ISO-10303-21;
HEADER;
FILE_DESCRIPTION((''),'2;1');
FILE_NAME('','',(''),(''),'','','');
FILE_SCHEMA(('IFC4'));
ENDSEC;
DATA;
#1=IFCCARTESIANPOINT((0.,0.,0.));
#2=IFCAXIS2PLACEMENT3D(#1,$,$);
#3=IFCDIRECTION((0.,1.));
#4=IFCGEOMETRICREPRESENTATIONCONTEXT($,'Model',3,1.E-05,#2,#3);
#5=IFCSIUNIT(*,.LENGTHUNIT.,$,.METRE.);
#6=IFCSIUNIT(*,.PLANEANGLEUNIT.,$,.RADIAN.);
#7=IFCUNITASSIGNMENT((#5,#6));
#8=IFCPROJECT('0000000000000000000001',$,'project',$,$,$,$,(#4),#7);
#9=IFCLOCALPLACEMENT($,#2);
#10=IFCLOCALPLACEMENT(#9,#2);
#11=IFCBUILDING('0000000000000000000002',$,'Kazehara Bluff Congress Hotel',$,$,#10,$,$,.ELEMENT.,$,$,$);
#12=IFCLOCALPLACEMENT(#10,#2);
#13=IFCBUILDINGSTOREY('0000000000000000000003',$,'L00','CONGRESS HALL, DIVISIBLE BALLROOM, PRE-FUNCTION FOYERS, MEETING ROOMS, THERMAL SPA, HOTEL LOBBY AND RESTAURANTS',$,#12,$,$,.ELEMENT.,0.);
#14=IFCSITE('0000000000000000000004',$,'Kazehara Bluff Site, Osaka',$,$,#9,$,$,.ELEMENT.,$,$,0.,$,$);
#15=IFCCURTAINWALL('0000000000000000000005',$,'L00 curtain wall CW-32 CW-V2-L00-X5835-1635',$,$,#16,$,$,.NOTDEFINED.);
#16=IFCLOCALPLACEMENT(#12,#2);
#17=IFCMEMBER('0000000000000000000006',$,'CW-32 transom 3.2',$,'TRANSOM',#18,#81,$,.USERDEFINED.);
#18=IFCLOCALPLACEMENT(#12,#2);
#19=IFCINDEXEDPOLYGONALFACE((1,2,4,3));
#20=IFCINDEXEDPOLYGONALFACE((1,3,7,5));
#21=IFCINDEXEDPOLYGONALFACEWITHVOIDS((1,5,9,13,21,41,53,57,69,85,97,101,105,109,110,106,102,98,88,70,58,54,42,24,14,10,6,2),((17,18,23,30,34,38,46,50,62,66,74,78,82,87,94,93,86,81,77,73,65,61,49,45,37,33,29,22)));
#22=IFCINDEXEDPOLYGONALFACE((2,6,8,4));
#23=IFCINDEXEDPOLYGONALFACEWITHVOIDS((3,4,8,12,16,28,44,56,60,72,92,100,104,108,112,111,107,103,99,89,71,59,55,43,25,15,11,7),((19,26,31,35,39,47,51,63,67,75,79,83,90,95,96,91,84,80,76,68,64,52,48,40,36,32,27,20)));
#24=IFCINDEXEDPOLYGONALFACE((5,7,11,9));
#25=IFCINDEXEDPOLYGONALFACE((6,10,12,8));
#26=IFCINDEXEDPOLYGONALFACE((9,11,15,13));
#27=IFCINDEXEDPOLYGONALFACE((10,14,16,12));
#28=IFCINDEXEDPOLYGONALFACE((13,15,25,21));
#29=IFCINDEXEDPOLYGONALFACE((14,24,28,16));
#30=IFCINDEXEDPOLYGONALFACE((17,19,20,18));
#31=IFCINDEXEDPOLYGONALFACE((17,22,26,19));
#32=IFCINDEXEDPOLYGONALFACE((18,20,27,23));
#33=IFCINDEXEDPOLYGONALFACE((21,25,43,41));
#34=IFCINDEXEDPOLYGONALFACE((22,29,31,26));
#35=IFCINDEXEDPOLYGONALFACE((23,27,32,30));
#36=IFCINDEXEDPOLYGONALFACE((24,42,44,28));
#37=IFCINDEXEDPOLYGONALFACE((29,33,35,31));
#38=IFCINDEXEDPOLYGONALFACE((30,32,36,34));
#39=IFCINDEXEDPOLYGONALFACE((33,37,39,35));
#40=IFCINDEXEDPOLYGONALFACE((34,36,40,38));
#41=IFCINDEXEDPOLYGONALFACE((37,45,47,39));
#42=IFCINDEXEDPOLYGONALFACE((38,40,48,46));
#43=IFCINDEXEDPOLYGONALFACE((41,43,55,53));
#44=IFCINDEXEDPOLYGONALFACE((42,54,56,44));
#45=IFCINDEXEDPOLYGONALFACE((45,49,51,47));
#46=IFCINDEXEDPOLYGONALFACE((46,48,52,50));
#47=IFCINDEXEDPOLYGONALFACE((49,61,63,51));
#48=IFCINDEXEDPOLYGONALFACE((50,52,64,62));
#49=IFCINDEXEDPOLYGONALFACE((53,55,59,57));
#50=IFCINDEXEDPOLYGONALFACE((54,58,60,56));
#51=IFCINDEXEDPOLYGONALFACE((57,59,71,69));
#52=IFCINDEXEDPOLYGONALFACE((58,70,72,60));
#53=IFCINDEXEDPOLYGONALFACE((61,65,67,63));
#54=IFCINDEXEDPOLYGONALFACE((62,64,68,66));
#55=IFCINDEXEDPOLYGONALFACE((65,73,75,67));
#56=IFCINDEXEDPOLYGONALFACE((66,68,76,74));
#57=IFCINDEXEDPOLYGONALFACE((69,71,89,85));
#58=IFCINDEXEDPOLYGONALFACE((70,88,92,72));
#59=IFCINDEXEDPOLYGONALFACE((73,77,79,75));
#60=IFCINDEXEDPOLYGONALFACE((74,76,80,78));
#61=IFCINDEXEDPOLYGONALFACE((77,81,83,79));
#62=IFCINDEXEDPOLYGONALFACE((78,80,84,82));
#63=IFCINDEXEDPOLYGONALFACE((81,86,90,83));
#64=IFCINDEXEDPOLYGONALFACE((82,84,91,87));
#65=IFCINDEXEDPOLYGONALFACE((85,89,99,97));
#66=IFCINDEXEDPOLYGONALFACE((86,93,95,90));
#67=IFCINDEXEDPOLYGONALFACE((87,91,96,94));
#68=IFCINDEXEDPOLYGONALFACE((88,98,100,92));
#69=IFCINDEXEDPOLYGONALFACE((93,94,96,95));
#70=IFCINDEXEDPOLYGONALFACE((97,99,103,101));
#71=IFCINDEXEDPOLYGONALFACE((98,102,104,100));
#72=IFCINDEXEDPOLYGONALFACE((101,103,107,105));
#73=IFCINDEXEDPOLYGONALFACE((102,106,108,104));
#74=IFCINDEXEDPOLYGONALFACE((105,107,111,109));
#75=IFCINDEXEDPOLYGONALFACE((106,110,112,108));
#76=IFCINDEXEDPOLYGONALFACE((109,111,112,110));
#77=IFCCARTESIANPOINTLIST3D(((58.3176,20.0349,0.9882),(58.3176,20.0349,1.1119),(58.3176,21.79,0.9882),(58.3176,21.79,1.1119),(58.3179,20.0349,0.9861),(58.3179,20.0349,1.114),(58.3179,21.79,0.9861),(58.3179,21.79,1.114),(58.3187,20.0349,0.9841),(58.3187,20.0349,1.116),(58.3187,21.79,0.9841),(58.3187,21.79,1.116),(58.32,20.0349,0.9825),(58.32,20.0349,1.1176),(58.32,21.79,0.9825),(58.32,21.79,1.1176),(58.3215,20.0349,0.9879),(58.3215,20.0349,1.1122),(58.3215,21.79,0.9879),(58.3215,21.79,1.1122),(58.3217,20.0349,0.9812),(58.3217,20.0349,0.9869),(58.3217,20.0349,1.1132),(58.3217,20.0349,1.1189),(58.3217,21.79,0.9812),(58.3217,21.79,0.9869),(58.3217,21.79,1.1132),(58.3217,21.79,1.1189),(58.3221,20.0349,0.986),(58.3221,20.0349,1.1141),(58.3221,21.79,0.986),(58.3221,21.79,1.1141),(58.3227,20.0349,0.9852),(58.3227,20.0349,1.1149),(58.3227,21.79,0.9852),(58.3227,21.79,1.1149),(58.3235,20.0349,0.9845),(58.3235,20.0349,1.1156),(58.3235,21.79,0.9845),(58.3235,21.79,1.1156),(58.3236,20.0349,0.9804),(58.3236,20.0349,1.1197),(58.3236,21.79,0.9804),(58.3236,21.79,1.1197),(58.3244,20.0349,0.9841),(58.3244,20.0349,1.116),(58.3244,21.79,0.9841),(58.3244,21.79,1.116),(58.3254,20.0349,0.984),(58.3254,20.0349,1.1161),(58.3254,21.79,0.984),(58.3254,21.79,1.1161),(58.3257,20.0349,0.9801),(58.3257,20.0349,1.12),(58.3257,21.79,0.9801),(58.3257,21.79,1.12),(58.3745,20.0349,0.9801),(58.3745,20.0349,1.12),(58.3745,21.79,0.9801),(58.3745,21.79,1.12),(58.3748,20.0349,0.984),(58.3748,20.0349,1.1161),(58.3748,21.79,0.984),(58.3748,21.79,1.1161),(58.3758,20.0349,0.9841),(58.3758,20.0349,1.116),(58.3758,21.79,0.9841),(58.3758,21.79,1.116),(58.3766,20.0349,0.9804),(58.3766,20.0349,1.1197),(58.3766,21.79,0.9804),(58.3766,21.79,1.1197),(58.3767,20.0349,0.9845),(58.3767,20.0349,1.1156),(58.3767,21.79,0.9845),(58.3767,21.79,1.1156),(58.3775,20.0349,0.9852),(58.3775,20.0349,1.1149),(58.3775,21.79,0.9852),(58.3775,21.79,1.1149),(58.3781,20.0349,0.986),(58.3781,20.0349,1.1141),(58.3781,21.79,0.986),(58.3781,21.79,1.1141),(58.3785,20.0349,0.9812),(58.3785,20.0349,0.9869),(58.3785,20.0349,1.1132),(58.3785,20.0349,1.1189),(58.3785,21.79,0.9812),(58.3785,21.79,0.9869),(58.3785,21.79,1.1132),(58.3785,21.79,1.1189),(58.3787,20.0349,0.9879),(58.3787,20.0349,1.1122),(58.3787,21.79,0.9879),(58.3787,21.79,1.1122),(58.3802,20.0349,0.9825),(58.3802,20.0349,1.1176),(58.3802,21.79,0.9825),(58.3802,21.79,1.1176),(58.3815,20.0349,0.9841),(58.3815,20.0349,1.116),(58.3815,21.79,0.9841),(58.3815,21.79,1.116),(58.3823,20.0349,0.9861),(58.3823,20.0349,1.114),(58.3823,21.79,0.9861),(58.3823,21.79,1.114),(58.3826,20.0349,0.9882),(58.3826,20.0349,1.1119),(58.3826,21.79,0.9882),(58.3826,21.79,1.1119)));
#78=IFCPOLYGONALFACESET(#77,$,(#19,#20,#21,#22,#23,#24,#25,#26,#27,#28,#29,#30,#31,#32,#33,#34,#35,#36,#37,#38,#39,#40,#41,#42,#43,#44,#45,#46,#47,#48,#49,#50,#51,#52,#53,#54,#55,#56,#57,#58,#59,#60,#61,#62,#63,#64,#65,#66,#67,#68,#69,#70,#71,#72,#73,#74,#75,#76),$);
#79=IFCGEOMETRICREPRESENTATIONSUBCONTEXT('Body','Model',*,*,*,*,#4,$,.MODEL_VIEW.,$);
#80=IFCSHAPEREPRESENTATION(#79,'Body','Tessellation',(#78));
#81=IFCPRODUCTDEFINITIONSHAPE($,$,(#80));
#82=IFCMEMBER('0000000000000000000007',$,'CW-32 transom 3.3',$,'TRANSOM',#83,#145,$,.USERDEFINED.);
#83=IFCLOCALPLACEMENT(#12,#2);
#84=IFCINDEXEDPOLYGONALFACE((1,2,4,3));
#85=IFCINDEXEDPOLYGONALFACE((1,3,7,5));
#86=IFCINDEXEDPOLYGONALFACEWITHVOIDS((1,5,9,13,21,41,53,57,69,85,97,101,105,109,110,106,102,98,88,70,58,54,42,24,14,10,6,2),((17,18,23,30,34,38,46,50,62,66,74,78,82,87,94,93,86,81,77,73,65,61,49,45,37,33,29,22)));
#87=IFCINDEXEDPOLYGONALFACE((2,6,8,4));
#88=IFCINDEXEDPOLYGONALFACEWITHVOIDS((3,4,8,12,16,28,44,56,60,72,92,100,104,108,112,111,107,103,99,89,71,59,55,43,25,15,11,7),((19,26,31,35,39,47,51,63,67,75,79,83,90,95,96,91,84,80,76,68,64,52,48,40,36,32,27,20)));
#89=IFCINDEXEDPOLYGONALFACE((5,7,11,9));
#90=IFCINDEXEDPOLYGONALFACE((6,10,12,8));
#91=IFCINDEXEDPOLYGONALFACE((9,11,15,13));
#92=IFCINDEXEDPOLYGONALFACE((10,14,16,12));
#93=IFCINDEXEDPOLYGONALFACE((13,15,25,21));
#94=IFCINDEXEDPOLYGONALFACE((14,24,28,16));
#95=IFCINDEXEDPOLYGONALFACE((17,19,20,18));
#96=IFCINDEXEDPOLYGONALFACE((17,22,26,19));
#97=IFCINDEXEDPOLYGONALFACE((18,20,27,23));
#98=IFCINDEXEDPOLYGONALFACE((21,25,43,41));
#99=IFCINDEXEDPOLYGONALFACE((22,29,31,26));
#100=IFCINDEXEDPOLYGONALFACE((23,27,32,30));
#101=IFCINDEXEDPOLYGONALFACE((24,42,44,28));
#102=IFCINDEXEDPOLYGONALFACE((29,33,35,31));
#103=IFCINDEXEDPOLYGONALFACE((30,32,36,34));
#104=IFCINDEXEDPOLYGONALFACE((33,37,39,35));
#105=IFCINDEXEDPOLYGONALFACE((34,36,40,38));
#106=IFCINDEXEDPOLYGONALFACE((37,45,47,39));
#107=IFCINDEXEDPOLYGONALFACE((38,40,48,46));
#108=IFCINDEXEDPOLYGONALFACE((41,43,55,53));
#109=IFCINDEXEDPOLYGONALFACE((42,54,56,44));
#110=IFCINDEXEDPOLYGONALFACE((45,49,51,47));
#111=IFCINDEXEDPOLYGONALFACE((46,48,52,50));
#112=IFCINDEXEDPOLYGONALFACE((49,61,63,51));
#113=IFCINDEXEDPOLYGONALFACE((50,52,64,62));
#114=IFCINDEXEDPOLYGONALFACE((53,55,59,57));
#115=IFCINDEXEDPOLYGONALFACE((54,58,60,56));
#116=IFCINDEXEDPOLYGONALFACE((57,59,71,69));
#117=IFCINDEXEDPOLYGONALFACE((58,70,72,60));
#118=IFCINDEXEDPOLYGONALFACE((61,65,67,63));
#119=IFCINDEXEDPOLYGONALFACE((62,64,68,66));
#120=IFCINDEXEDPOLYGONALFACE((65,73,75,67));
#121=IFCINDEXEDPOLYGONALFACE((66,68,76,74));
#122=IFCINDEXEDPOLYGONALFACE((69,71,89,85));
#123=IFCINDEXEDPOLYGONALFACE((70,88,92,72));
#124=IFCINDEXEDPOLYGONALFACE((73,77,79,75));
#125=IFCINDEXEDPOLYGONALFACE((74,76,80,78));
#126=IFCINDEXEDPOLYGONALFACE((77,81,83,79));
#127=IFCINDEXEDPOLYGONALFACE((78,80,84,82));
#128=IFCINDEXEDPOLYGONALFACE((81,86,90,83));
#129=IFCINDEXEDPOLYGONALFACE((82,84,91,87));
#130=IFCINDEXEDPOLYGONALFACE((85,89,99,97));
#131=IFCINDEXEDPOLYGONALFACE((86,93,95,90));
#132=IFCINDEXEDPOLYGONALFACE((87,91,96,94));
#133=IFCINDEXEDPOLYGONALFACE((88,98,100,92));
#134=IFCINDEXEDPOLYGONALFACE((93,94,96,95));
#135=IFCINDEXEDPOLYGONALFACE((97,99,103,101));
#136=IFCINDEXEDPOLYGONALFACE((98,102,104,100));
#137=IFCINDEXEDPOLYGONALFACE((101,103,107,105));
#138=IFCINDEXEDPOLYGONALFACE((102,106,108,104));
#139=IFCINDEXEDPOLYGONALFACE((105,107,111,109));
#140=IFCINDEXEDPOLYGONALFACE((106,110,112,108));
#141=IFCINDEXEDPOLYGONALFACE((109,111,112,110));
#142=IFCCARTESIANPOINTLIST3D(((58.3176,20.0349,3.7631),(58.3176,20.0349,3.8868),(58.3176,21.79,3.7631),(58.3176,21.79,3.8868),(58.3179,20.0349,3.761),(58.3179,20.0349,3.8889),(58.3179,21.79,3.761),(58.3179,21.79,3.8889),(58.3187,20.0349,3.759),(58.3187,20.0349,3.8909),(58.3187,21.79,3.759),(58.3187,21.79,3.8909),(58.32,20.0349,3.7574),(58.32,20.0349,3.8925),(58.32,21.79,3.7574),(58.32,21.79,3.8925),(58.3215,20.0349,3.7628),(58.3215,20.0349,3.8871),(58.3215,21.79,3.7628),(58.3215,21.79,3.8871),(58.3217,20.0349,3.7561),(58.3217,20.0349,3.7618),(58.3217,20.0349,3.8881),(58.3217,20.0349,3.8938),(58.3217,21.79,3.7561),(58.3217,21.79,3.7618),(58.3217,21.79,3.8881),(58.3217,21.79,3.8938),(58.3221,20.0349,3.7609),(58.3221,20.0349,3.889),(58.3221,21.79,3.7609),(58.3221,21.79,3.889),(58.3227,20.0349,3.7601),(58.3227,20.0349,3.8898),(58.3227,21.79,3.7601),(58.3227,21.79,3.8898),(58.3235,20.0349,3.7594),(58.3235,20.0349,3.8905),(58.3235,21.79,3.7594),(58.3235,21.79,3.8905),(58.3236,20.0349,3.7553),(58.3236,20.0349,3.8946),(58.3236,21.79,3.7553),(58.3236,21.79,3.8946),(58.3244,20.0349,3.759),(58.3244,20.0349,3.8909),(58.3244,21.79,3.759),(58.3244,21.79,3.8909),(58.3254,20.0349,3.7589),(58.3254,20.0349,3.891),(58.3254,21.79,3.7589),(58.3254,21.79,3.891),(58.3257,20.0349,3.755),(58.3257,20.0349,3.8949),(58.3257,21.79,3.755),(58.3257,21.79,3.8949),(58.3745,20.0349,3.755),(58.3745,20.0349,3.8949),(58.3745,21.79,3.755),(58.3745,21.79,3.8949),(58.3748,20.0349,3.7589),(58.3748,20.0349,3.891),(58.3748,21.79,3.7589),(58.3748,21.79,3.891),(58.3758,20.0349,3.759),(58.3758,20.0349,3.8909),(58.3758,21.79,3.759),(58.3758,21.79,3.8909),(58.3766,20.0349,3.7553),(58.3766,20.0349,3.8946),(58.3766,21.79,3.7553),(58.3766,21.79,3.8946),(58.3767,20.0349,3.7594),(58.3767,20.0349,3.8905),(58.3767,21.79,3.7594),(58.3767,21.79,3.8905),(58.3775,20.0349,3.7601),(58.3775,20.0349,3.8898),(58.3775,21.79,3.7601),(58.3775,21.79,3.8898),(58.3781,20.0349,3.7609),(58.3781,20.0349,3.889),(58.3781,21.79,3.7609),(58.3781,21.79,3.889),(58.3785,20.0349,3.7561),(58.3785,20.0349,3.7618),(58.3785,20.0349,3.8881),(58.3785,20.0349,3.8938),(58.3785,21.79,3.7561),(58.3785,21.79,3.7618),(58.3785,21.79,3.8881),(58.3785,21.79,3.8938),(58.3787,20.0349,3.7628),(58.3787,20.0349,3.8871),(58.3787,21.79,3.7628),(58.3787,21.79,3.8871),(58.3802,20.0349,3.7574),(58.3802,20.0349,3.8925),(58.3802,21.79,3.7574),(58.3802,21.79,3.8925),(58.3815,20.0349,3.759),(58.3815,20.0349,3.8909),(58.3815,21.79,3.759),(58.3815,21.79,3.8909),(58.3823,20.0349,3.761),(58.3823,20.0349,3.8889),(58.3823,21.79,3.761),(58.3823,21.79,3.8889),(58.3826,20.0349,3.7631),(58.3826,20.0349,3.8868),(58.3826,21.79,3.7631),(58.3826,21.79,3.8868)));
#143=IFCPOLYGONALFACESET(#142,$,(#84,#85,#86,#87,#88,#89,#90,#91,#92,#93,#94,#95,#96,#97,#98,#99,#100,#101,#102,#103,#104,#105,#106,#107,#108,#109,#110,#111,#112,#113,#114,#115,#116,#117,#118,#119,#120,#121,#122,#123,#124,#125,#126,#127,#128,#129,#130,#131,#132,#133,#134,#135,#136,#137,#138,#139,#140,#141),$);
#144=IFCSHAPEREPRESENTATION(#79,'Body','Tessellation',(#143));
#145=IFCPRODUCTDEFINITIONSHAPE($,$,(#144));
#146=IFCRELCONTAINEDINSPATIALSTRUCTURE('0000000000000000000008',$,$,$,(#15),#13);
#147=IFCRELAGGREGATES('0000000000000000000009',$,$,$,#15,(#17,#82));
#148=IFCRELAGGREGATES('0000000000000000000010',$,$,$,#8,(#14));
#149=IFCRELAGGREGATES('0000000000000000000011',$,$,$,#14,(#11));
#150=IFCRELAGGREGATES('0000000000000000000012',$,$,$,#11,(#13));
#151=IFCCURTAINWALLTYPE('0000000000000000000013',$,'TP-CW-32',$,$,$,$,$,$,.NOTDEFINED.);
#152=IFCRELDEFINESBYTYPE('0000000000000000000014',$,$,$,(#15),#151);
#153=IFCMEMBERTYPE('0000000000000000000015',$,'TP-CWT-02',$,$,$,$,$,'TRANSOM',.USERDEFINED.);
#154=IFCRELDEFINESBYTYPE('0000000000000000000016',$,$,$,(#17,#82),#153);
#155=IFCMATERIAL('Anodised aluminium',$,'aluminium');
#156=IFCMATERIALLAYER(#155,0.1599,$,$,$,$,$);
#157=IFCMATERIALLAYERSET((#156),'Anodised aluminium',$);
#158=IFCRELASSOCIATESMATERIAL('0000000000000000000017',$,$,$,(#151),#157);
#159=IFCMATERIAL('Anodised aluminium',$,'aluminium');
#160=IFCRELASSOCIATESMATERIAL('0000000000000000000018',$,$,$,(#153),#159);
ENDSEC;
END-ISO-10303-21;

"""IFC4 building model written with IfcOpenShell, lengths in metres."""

from ifc_helpers import new_model, si_unit, direction, frame, origin, origin_2d, place, context, subcontext, project, spatial, hollow_rectangle, extrude, material, layer, layer_set, material_profile, profile_set, type_object, element, aggregate, save


model = new_model("IFC4")

# Units and contexts
model_context = context("Model", 3, precision=1e-05, world=origin(), true_north=direction((0.0, 1.0)))
body_context = subcontext(model_context, "Body", "Model", "MODEL_VIEW")
ifc_project = project(units=[si_unit("LENGTHUNIT", "METRE"), si_unit("PLANEANGLEUNIT", "RADIAN")], contexts=[model_context])

# Site, building, storey
site_placement = place(None, origin())
site = spatial("IfcSite", under=ifc_project, at=site_placement, Name="Kazehara Bluff Site, Osaka", CompositionType="ELEMENT", RefElevation=0.0)
building_placement = place(site_placement, origin())
building = spatial("IfcBuilding", under=site, at=building_placement, Name="Kazehara Bluff Congress Hotel", CompositionType="ELEMENT")
storey_placement = place(building_placement, origin())
storey = spatial("IfcBuildingStorey", under=building, at=storey_placement, Name="L00", Description="CONGRESS HALL, DIVISIBLE BALLROOM, PRE-FUNCTION FOYERS, MEETING ROOMS, THERMAL SPA, HOTEL LOBBY AND RESTAURANTS", CompositionType="ELEMENT", Elevation=0.0)

# Curtain wall, members
ifc_material_1 = material(Name="Anodised aluminium", Category="aluminium")
ifc_layer_1 = layer(ifc_material_1, 0.1599)
ifc_layer_set_1 = layer_set([ifc_layer_1], Name="Anodised aluminium")
curtain_wall_type = type_object("IfcCurtainWallType", Name="TP-CW-32", PredefinedType="NOTDEFINED", material=ifc_layer_set_1)
curtain_wall_placement = place(storey_placement, origin())
curtain_wall = element("IfcCurtainWall", 1, at=curtain_wall_placement, inside=storey, type_object=curtain_wall_type, Name="L00 curtain wall CW-32 CW-V2-L00-X5835-1635", PredefinedType="NOTDEFINED")
ifc_material_2 = material(Name="Anodised aluminium", Category="aluminium")
ifc_material_profile_1 = material_profile(ifc_material_2, hollow_rectangle(XDim=0.0649, YDim=0.1399, WallThickness=0.0039, InnerFilletRadius=0.0039, OuterFilletRadius=0.0081, at=origin_2d()))
ifc_profile_set_1 = profile_set([ifc_material_profile_1], Name="Anodised aluminium")
member_type_1 = type_object("IfcMemberType", Name="TP-CWT-02", ElementType="TRANSOM", PredefinedType="USERDEFINED", material=ifc_profile_set_1)
member_1_placement = place(storey_placement, frame((58.3501, 20.0349, 1.05), z_axis=(0.0, 1.0, 0.0), x_axis=(-1.0, 0.0, 0.0)))
member_1 = element("IfcMember", 2, at=member_1_placement, type_object=member_type_1, Name="CW-32 transom 3.2", ObjectType="TRANSOM", PredefinedType="USERDEFINED", context=body_context, shape_type="SweptSolid", body=[
    extrude(hollow_rectangle(XDim=0.0649, YDim=0.1399, WallThickness=0.0039, InnerFilletRadius=0.0039, OuterFilletRadius=0.0081, at=origin_2d()), origin(), (0.0, 0.0, 1.0), 1.7551),
])
member_2_placement = place(storey_placement, frame((58.3501, 20.0349, 3.825), z_axis=(0.0, 1.0, 0.0), x_axis=(-1.0, 0.0, 0.0)))
member_2 = element("IfcMember", 3, at=member_2_placement, type_object=member_type_1, Name="CW-32 transom 3.3", ObjectType="TRANSOM", PredefinedType="USERDEFINED", context=body_context, shape_type="SweptSolid", body=[
    extrude(hollow_rectangle(XDim=0.0649, YDim=0.1399, WallThickness=0.0039, InnerFilletRadius=0.0039, OuterFilletRadius=0.0081, at=origin_2d()), origin(), (0.0, 0.0, 1.0), 1.7551),
])

aggregate(curtain_wall, [member_1, member_2])

save(model, "model.ifc")
